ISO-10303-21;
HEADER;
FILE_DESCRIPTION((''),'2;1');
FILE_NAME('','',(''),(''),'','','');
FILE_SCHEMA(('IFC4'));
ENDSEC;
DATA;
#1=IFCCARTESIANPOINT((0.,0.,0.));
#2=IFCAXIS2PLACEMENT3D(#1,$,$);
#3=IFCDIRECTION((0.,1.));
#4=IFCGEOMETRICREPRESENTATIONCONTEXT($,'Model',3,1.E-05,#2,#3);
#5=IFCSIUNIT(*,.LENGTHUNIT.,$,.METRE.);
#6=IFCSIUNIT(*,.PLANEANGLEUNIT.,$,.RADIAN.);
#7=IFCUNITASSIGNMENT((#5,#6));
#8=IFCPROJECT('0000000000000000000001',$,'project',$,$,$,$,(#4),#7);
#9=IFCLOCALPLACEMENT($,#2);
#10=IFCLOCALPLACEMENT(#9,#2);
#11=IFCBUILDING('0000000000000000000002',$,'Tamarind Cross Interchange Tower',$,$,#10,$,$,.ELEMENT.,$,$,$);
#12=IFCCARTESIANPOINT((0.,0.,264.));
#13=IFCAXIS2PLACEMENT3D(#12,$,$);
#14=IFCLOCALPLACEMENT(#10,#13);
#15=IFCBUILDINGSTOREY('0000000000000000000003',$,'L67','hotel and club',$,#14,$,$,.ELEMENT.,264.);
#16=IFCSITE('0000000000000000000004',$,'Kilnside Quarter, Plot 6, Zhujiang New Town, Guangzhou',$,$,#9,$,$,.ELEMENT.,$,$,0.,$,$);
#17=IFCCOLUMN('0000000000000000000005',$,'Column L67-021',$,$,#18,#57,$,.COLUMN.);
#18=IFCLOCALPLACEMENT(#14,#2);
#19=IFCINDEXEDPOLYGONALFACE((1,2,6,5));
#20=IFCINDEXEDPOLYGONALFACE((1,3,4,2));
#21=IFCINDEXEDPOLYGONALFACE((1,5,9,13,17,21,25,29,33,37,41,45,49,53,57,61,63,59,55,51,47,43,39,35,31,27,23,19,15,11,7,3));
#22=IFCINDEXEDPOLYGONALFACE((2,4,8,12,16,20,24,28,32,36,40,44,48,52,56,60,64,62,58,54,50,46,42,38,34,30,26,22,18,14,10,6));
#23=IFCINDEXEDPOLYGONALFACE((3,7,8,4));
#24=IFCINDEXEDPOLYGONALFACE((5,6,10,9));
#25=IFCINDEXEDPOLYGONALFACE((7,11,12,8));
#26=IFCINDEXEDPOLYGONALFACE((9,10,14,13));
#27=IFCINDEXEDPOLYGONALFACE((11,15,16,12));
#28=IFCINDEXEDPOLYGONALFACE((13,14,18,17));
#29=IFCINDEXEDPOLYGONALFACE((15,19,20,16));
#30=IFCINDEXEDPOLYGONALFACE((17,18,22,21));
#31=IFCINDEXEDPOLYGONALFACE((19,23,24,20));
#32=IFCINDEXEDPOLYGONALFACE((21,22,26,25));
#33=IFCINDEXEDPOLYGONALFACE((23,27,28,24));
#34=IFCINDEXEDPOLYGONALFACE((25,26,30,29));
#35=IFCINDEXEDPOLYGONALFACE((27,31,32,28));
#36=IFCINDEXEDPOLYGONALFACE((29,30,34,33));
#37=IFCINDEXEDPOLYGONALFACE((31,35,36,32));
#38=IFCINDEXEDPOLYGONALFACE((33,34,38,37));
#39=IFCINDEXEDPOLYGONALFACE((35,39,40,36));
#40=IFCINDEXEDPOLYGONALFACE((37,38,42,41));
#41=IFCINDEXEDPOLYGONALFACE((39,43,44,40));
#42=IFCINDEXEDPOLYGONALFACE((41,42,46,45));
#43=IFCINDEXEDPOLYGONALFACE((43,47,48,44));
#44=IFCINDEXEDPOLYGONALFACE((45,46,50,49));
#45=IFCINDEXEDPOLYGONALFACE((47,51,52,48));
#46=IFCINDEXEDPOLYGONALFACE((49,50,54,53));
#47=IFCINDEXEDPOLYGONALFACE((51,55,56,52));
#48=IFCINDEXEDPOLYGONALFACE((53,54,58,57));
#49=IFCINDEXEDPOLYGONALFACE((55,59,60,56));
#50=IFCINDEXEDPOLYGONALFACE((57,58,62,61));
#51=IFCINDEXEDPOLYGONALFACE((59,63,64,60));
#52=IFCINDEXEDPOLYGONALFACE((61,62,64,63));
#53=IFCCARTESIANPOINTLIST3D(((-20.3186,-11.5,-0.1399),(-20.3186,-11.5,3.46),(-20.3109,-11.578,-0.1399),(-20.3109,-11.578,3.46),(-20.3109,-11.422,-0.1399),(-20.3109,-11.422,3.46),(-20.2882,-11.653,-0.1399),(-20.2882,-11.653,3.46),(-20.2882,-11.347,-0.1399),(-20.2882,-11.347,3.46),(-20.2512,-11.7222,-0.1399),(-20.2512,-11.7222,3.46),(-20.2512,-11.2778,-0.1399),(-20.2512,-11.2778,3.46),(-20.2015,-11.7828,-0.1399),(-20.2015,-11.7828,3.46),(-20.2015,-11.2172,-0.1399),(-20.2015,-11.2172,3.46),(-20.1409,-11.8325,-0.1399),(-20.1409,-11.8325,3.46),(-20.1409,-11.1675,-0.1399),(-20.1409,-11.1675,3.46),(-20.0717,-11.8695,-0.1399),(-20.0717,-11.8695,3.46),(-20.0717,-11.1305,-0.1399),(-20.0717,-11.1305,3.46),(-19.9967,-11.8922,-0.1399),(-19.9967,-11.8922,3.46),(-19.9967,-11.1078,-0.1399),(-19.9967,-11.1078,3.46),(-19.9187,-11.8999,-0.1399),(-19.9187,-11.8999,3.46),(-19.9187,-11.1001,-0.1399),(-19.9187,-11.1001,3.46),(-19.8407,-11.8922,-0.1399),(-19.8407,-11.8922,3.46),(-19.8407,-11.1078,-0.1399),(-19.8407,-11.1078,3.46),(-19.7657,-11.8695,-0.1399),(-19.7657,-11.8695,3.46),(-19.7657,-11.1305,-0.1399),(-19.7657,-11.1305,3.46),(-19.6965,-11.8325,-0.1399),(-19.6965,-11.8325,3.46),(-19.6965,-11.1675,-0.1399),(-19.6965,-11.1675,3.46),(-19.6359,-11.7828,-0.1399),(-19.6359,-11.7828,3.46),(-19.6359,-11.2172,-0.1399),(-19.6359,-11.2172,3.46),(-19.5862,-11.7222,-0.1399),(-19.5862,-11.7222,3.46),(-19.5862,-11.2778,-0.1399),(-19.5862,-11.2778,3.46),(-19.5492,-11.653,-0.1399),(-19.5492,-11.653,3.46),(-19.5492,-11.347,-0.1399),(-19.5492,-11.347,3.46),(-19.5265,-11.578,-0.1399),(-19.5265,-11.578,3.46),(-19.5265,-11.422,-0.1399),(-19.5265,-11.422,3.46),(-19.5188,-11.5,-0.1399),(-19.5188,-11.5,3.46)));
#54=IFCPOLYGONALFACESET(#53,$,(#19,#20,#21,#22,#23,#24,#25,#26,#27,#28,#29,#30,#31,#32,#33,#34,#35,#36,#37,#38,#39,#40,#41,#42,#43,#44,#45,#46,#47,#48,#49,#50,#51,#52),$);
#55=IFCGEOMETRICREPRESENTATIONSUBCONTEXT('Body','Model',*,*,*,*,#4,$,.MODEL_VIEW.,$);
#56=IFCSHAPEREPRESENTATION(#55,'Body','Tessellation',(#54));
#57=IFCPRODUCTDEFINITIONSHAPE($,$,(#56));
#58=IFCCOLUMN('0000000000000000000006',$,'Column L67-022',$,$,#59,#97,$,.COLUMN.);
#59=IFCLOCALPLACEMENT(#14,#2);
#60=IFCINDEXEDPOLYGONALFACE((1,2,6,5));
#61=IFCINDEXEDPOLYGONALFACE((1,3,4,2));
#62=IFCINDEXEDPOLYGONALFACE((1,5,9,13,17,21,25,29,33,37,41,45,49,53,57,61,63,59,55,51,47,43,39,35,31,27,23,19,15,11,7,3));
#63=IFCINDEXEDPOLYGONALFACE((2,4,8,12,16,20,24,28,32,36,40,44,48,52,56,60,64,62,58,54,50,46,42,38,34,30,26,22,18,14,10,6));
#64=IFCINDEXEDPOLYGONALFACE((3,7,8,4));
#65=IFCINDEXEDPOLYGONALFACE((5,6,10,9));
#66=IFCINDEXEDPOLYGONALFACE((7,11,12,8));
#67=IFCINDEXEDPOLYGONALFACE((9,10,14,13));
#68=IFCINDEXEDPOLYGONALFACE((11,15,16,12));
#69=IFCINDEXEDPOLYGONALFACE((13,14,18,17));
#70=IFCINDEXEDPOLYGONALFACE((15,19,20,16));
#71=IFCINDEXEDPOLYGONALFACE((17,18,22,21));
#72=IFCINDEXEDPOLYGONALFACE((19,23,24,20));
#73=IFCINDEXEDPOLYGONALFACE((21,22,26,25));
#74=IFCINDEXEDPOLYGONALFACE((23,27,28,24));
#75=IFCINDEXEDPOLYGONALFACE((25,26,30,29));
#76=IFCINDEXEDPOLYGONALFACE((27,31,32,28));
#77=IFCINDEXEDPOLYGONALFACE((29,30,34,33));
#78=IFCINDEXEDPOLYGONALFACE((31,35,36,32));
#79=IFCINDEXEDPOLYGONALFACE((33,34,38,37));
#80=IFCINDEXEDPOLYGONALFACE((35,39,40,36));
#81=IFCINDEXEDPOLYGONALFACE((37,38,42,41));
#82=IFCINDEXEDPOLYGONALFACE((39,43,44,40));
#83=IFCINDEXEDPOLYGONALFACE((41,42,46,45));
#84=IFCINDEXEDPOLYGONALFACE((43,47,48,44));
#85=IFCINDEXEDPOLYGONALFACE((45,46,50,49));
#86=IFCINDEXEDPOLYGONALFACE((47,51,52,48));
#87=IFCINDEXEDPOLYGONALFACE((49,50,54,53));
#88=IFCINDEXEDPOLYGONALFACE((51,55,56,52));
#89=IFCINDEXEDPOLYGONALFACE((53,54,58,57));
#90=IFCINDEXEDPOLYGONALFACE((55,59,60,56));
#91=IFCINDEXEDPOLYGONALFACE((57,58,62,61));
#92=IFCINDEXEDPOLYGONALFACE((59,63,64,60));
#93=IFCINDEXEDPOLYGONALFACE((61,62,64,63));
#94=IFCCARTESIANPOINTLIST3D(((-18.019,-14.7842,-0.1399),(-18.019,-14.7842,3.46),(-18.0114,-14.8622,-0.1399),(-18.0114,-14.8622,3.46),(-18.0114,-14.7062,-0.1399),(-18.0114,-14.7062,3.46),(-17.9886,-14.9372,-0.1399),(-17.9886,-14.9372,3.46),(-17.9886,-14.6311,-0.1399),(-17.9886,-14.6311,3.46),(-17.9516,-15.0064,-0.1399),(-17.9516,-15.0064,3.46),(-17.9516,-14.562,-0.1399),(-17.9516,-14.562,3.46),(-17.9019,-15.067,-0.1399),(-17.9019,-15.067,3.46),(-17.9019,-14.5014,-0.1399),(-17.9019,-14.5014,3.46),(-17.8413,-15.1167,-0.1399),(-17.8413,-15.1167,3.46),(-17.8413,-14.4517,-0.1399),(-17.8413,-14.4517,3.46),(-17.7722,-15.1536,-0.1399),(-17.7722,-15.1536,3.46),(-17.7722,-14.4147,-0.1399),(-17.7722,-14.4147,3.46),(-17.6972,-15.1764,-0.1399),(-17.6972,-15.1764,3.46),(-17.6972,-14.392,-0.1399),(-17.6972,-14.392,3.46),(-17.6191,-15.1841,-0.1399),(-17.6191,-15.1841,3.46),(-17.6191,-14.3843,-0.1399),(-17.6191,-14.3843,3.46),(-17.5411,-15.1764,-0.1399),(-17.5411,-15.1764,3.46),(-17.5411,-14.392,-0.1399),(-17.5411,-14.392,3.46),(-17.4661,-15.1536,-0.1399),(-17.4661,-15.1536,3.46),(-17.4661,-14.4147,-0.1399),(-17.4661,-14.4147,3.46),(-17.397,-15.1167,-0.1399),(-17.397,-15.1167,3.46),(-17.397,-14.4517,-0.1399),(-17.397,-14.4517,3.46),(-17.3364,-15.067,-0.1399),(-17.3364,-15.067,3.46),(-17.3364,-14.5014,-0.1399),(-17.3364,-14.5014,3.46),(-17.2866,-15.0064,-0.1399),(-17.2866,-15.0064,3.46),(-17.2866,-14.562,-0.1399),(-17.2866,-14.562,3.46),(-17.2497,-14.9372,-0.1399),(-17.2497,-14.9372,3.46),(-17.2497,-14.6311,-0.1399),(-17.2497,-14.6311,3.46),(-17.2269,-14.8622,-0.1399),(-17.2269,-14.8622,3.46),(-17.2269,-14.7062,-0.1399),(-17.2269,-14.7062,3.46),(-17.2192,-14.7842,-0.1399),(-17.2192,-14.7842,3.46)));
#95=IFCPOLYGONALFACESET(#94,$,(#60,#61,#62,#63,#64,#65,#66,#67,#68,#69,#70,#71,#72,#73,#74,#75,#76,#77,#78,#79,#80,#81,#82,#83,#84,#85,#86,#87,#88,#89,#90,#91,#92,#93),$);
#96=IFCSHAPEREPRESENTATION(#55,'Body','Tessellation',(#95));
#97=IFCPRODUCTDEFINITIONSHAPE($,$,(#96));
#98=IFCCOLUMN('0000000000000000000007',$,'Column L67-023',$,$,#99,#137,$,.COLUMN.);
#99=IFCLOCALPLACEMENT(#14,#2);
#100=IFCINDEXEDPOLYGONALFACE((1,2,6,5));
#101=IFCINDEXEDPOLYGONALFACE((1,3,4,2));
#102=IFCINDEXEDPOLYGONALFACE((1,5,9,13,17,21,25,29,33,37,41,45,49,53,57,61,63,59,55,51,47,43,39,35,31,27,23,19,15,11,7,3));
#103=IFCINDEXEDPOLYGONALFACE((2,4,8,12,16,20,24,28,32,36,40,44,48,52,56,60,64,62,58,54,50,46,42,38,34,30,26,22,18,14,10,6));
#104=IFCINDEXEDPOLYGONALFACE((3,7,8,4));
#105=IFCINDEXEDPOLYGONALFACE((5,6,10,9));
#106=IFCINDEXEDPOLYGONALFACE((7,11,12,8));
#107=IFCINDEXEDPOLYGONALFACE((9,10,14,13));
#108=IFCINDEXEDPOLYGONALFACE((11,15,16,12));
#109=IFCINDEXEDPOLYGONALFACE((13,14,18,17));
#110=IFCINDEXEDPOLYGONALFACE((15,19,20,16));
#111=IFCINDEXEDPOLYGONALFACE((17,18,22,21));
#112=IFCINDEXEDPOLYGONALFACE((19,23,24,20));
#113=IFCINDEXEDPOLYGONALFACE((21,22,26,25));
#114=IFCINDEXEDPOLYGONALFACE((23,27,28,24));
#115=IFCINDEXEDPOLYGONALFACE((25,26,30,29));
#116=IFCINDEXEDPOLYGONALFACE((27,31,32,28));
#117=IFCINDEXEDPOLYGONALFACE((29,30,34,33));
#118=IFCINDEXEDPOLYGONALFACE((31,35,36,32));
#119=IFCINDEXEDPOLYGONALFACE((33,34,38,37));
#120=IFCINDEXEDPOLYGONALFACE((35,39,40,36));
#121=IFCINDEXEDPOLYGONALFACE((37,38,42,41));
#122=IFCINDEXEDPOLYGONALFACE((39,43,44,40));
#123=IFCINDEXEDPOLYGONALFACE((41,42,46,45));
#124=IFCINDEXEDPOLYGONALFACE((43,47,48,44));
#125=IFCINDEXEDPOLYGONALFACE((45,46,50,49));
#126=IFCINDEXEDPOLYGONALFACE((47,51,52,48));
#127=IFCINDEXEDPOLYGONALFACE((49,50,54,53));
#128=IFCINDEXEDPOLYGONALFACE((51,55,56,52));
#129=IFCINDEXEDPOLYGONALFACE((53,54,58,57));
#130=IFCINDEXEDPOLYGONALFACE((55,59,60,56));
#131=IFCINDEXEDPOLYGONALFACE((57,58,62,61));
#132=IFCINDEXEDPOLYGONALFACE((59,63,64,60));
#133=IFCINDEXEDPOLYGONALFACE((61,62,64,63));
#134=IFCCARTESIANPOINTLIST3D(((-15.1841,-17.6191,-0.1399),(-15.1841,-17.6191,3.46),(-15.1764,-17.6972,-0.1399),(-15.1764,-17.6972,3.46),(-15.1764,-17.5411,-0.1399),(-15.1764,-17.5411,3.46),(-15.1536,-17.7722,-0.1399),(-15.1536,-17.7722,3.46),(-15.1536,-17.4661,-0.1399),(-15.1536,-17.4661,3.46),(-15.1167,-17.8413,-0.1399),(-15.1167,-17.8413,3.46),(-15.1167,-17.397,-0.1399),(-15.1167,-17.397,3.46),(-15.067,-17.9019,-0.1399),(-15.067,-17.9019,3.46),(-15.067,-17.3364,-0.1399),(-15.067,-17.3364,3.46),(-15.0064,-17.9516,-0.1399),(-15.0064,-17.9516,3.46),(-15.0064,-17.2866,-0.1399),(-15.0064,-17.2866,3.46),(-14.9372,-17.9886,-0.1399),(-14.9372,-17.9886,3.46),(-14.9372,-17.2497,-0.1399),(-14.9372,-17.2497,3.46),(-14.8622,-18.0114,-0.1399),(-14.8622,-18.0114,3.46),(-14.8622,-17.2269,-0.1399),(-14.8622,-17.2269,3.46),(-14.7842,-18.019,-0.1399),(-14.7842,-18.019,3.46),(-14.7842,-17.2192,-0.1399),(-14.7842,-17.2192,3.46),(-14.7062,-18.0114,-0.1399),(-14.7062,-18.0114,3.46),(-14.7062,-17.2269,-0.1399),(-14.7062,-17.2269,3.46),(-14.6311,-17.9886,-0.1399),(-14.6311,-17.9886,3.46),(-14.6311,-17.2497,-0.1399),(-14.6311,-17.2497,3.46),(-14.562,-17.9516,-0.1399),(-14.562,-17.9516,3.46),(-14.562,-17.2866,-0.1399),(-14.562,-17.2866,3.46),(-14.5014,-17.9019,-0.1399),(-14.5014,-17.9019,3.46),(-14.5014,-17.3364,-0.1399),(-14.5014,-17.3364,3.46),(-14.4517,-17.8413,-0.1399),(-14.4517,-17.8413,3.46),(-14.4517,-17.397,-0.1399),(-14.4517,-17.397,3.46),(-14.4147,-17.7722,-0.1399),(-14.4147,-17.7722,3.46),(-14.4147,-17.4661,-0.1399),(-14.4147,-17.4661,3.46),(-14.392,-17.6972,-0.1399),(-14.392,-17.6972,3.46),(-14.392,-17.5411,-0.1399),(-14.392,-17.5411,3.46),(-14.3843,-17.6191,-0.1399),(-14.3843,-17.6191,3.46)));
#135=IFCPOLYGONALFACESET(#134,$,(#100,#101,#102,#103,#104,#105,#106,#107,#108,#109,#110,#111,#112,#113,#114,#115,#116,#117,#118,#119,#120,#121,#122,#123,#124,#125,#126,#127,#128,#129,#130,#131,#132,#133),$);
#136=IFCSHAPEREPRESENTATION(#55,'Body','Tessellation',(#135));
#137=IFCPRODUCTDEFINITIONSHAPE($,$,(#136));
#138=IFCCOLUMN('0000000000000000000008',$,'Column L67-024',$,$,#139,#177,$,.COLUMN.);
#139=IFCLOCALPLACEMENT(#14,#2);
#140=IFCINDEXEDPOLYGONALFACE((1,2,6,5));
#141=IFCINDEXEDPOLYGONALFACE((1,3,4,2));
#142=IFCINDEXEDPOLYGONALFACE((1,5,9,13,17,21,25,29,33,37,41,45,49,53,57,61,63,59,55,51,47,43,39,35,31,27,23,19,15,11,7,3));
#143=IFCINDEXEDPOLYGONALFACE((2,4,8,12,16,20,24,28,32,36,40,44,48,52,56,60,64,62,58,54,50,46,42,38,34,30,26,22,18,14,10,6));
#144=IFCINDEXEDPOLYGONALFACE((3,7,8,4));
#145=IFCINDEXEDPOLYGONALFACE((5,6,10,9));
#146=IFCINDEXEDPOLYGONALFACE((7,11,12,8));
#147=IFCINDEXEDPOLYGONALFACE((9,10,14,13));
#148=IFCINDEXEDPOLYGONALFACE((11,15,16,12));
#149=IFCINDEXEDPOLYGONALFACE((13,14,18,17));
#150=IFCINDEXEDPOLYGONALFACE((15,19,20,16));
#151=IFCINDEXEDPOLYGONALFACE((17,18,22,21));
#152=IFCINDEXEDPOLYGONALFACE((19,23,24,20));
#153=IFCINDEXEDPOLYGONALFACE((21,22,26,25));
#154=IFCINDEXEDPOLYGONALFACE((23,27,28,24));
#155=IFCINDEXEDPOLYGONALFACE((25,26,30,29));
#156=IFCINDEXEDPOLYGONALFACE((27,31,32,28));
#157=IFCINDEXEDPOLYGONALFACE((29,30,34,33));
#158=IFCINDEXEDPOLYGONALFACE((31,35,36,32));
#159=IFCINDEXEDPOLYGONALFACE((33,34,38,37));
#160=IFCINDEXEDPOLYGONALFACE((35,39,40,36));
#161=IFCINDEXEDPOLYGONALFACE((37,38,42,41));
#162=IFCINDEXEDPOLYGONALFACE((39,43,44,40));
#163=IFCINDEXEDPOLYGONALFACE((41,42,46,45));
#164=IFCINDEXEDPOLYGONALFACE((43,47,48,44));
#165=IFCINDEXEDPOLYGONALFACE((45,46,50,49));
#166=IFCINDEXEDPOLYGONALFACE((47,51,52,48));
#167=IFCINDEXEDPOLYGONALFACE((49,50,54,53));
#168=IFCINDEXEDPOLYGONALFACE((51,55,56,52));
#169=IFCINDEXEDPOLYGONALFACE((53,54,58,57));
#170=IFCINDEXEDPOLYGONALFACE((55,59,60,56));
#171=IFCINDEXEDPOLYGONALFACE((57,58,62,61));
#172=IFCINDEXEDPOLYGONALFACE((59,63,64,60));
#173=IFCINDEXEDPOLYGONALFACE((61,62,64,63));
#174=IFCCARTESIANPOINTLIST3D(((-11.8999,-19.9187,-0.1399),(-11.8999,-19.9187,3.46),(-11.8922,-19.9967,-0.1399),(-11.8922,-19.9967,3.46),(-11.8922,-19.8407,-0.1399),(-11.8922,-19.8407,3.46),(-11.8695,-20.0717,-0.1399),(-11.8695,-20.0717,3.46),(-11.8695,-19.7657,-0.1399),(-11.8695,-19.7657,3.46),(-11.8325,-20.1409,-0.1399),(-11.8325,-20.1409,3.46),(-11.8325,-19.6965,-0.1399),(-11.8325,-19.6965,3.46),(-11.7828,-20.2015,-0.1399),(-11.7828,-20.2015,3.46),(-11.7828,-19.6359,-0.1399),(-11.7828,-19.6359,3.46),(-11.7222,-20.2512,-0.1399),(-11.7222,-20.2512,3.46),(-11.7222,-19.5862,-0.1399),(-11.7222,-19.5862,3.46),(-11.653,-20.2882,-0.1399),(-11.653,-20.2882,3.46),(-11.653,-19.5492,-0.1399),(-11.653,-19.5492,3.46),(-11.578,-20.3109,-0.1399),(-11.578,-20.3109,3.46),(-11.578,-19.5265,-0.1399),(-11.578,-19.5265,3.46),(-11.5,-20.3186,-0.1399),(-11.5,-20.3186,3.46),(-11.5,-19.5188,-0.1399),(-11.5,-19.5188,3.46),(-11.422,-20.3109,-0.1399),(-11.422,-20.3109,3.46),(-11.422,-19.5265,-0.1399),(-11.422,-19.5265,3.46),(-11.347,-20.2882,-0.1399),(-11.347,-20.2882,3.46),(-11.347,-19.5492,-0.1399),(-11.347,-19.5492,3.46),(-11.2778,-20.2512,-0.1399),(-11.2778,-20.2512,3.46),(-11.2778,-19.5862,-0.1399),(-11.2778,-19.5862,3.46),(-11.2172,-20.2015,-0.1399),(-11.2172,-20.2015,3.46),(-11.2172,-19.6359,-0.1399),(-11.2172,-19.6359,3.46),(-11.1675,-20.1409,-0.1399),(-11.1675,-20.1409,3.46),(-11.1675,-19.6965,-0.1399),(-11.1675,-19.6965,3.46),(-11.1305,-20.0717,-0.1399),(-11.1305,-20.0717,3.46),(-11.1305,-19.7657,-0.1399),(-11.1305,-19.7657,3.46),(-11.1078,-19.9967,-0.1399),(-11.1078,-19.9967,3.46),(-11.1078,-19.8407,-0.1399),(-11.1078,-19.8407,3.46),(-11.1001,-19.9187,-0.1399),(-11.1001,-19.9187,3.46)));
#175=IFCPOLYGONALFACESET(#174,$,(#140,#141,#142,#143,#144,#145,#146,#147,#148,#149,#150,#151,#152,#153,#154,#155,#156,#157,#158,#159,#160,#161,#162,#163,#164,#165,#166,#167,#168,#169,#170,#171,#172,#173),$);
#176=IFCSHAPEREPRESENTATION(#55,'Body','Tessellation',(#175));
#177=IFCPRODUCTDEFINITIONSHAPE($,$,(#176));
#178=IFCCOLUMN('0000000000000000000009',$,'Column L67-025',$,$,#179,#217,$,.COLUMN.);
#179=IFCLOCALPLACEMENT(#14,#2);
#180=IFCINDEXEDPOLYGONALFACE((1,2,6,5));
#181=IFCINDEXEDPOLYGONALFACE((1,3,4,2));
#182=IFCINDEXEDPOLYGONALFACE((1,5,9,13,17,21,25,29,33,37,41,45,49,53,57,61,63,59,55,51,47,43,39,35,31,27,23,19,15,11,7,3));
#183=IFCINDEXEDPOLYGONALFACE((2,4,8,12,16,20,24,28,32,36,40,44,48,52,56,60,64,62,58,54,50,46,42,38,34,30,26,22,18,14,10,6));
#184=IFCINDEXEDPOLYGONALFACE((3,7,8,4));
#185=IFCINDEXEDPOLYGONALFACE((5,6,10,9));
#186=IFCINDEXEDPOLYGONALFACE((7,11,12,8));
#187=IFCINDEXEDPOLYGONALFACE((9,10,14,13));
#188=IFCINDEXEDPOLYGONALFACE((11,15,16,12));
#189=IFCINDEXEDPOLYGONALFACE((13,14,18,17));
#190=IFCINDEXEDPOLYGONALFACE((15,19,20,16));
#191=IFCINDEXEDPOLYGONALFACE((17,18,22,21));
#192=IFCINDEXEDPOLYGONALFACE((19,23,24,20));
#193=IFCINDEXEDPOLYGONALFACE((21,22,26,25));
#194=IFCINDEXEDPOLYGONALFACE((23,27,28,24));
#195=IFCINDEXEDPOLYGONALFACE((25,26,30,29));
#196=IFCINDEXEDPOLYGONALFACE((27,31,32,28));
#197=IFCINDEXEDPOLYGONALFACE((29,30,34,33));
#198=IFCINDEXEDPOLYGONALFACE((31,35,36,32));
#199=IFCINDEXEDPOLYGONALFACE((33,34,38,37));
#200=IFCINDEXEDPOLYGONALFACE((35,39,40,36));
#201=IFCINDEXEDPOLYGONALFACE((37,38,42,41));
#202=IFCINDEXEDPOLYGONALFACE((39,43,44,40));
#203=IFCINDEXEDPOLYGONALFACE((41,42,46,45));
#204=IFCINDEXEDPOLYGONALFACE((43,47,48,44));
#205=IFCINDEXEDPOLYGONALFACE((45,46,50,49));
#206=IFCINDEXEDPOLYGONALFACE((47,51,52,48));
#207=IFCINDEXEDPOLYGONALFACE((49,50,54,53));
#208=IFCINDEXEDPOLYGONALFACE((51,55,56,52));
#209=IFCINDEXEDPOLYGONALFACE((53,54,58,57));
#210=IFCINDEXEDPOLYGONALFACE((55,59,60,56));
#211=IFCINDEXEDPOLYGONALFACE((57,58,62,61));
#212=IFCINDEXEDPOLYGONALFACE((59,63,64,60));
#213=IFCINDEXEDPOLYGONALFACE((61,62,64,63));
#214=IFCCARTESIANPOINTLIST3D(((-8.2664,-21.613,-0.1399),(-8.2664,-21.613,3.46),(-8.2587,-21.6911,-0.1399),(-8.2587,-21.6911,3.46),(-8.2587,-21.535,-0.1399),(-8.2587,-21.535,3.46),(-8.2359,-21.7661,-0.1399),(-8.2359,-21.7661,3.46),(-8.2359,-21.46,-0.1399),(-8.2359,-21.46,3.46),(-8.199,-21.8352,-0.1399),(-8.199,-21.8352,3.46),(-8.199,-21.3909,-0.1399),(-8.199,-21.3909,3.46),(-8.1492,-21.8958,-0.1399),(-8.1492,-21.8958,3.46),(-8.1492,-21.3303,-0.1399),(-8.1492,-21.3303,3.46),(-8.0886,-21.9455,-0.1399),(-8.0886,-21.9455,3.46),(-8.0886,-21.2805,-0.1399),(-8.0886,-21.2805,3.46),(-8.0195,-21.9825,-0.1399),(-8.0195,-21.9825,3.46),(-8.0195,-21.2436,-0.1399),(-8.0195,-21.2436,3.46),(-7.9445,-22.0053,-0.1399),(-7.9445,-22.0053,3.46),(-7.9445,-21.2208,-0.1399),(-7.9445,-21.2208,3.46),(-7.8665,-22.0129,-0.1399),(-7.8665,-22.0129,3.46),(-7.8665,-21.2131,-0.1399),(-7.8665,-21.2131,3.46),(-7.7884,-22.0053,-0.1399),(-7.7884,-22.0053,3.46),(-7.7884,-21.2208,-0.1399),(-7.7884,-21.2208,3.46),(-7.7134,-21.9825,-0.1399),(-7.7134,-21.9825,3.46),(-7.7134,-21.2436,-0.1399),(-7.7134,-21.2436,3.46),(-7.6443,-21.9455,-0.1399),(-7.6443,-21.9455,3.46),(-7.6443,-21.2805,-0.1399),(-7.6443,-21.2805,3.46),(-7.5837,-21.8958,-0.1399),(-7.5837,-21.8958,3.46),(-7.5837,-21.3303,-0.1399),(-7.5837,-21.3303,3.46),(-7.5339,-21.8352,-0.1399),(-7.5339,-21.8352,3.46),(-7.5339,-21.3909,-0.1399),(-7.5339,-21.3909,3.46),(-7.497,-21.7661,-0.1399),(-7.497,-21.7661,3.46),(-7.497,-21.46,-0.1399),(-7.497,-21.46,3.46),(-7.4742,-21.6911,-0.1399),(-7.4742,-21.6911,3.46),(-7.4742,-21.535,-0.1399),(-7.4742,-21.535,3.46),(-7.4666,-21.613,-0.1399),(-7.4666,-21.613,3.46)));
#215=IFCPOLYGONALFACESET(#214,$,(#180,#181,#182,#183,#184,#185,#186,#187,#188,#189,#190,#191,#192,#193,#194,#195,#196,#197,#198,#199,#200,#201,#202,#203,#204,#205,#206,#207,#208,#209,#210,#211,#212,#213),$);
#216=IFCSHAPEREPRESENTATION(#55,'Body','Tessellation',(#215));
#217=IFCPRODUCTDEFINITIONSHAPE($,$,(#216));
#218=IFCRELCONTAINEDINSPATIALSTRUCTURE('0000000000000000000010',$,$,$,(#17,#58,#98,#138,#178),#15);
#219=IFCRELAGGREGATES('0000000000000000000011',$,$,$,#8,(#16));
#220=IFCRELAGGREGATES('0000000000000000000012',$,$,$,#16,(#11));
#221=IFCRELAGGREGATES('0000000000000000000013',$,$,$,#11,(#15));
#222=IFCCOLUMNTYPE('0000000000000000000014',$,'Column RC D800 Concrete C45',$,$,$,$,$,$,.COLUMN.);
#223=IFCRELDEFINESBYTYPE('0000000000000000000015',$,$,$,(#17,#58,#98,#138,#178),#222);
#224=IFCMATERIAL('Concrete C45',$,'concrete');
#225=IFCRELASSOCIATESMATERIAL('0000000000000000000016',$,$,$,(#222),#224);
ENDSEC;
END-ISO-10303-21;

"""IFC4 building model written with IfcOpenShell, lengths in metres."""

from ifc_helpers import new_model, si_unit, direction, frame, origin, origin_2d, place, context, subcontext, project, spatial, circle, extrude, material, material_profile, profile_set, type_object, element, save


model = new_model("IFC4")

# Units and contexts
model_context = context("Model", 3, precision=1e-05, world=origin(), true_north=direction((0.0, 1.0)))
body_context = subcontext(model_context, "Body", "Model", "MODEL_VIEW")
ifc_project = project(units=[si_unit("LENGTHUNIT", "METRE"), si_unit("PLANEANGLEUNIT", "RADIAN")], contexts=[model_context])

# Site, building, storey
site_placement = place(None, origin())
site = spatial("IfcSite", under=ifc_project, at=site_placement, Name="Kilnside Quarter, Plot 6, Zhujiang New Town, Guangzhou", CompositionType="ELEMENT", RefElevation=0.0)
building_placement = place(site_placement, origin())
building = spatial("IfcBuilding", under=site, at=building_placement, Name="Tamarind Cross Interchange Tower", CompositionType="ELEMENT")
storey_placement = place(building_placement, frame((0.0, 0.0, 264.0)))
storey = spatial("IfcBuildingStorey", under=building, at=storey_placement, Name="L67", Description="hotel and club", CompositionType="ELEMENT", Elevation=264.0)

# Columns
ifc_material_1 = material(Name="Concrete C45", Category="concrete")
ifc_material_profile_1 = material_profile(ifc_material_1, circle(Radius=0.3999, at=origin_2d()), Name="RC D800")
ifc_profile_set_1 = profile_set([ifc_material_profile_1], Name="Concrete C45")
column_type = type_object("IfcColumnType", Name="Column RC D800 Concrete C45", PredefinedType="COLUMN", material=ifc_profile_set_1)
for number, where, z_axis, x_axis, name in (
    (1, (-19.9187, -11.5, -0.1399), (0.0, 0.0, 1.0), (1.0, 0.0, 0.0), "Column L67-021"),
    (2, (-17.6191, -14.7842, -0.1399), (0.0, 0.0, 1.0), (1.0, 0.0, 0.0), "Column L67-022"),
    (3, (-14.7842, -17.6191, -0.1399), (0.0, 0.0, 1.0), (1.0, 0.0, 0.0), "Column L67-023"),
    (4, (-11.5, -19.9187, -0.1399), (0.0, 0.0, 1.0), (1.0, 0.0, 0.0), "Column L67-024"),
    (5, (-7.8665, -21.613, -0.1399), (0.0, 0.0, 1.0), (1.0, 0.0, 0.0), "Column L67-025"),
):
    element("IfcColumn", number, at=place(storey_placement, frame(where, z_axis=z_axis, x_axis=x_axis)), inside=storey, type_object=column_type, Name=name, PredefinedType="COLUMN", context=body_context, shape_type="SweptSolid", body=[
        extrude(circle(Radius=0.3999, at=origin_2d()), origin(), (0.0, 0.0, 1.0), 3.5999),
    ])

save(model, "model.ifc")
